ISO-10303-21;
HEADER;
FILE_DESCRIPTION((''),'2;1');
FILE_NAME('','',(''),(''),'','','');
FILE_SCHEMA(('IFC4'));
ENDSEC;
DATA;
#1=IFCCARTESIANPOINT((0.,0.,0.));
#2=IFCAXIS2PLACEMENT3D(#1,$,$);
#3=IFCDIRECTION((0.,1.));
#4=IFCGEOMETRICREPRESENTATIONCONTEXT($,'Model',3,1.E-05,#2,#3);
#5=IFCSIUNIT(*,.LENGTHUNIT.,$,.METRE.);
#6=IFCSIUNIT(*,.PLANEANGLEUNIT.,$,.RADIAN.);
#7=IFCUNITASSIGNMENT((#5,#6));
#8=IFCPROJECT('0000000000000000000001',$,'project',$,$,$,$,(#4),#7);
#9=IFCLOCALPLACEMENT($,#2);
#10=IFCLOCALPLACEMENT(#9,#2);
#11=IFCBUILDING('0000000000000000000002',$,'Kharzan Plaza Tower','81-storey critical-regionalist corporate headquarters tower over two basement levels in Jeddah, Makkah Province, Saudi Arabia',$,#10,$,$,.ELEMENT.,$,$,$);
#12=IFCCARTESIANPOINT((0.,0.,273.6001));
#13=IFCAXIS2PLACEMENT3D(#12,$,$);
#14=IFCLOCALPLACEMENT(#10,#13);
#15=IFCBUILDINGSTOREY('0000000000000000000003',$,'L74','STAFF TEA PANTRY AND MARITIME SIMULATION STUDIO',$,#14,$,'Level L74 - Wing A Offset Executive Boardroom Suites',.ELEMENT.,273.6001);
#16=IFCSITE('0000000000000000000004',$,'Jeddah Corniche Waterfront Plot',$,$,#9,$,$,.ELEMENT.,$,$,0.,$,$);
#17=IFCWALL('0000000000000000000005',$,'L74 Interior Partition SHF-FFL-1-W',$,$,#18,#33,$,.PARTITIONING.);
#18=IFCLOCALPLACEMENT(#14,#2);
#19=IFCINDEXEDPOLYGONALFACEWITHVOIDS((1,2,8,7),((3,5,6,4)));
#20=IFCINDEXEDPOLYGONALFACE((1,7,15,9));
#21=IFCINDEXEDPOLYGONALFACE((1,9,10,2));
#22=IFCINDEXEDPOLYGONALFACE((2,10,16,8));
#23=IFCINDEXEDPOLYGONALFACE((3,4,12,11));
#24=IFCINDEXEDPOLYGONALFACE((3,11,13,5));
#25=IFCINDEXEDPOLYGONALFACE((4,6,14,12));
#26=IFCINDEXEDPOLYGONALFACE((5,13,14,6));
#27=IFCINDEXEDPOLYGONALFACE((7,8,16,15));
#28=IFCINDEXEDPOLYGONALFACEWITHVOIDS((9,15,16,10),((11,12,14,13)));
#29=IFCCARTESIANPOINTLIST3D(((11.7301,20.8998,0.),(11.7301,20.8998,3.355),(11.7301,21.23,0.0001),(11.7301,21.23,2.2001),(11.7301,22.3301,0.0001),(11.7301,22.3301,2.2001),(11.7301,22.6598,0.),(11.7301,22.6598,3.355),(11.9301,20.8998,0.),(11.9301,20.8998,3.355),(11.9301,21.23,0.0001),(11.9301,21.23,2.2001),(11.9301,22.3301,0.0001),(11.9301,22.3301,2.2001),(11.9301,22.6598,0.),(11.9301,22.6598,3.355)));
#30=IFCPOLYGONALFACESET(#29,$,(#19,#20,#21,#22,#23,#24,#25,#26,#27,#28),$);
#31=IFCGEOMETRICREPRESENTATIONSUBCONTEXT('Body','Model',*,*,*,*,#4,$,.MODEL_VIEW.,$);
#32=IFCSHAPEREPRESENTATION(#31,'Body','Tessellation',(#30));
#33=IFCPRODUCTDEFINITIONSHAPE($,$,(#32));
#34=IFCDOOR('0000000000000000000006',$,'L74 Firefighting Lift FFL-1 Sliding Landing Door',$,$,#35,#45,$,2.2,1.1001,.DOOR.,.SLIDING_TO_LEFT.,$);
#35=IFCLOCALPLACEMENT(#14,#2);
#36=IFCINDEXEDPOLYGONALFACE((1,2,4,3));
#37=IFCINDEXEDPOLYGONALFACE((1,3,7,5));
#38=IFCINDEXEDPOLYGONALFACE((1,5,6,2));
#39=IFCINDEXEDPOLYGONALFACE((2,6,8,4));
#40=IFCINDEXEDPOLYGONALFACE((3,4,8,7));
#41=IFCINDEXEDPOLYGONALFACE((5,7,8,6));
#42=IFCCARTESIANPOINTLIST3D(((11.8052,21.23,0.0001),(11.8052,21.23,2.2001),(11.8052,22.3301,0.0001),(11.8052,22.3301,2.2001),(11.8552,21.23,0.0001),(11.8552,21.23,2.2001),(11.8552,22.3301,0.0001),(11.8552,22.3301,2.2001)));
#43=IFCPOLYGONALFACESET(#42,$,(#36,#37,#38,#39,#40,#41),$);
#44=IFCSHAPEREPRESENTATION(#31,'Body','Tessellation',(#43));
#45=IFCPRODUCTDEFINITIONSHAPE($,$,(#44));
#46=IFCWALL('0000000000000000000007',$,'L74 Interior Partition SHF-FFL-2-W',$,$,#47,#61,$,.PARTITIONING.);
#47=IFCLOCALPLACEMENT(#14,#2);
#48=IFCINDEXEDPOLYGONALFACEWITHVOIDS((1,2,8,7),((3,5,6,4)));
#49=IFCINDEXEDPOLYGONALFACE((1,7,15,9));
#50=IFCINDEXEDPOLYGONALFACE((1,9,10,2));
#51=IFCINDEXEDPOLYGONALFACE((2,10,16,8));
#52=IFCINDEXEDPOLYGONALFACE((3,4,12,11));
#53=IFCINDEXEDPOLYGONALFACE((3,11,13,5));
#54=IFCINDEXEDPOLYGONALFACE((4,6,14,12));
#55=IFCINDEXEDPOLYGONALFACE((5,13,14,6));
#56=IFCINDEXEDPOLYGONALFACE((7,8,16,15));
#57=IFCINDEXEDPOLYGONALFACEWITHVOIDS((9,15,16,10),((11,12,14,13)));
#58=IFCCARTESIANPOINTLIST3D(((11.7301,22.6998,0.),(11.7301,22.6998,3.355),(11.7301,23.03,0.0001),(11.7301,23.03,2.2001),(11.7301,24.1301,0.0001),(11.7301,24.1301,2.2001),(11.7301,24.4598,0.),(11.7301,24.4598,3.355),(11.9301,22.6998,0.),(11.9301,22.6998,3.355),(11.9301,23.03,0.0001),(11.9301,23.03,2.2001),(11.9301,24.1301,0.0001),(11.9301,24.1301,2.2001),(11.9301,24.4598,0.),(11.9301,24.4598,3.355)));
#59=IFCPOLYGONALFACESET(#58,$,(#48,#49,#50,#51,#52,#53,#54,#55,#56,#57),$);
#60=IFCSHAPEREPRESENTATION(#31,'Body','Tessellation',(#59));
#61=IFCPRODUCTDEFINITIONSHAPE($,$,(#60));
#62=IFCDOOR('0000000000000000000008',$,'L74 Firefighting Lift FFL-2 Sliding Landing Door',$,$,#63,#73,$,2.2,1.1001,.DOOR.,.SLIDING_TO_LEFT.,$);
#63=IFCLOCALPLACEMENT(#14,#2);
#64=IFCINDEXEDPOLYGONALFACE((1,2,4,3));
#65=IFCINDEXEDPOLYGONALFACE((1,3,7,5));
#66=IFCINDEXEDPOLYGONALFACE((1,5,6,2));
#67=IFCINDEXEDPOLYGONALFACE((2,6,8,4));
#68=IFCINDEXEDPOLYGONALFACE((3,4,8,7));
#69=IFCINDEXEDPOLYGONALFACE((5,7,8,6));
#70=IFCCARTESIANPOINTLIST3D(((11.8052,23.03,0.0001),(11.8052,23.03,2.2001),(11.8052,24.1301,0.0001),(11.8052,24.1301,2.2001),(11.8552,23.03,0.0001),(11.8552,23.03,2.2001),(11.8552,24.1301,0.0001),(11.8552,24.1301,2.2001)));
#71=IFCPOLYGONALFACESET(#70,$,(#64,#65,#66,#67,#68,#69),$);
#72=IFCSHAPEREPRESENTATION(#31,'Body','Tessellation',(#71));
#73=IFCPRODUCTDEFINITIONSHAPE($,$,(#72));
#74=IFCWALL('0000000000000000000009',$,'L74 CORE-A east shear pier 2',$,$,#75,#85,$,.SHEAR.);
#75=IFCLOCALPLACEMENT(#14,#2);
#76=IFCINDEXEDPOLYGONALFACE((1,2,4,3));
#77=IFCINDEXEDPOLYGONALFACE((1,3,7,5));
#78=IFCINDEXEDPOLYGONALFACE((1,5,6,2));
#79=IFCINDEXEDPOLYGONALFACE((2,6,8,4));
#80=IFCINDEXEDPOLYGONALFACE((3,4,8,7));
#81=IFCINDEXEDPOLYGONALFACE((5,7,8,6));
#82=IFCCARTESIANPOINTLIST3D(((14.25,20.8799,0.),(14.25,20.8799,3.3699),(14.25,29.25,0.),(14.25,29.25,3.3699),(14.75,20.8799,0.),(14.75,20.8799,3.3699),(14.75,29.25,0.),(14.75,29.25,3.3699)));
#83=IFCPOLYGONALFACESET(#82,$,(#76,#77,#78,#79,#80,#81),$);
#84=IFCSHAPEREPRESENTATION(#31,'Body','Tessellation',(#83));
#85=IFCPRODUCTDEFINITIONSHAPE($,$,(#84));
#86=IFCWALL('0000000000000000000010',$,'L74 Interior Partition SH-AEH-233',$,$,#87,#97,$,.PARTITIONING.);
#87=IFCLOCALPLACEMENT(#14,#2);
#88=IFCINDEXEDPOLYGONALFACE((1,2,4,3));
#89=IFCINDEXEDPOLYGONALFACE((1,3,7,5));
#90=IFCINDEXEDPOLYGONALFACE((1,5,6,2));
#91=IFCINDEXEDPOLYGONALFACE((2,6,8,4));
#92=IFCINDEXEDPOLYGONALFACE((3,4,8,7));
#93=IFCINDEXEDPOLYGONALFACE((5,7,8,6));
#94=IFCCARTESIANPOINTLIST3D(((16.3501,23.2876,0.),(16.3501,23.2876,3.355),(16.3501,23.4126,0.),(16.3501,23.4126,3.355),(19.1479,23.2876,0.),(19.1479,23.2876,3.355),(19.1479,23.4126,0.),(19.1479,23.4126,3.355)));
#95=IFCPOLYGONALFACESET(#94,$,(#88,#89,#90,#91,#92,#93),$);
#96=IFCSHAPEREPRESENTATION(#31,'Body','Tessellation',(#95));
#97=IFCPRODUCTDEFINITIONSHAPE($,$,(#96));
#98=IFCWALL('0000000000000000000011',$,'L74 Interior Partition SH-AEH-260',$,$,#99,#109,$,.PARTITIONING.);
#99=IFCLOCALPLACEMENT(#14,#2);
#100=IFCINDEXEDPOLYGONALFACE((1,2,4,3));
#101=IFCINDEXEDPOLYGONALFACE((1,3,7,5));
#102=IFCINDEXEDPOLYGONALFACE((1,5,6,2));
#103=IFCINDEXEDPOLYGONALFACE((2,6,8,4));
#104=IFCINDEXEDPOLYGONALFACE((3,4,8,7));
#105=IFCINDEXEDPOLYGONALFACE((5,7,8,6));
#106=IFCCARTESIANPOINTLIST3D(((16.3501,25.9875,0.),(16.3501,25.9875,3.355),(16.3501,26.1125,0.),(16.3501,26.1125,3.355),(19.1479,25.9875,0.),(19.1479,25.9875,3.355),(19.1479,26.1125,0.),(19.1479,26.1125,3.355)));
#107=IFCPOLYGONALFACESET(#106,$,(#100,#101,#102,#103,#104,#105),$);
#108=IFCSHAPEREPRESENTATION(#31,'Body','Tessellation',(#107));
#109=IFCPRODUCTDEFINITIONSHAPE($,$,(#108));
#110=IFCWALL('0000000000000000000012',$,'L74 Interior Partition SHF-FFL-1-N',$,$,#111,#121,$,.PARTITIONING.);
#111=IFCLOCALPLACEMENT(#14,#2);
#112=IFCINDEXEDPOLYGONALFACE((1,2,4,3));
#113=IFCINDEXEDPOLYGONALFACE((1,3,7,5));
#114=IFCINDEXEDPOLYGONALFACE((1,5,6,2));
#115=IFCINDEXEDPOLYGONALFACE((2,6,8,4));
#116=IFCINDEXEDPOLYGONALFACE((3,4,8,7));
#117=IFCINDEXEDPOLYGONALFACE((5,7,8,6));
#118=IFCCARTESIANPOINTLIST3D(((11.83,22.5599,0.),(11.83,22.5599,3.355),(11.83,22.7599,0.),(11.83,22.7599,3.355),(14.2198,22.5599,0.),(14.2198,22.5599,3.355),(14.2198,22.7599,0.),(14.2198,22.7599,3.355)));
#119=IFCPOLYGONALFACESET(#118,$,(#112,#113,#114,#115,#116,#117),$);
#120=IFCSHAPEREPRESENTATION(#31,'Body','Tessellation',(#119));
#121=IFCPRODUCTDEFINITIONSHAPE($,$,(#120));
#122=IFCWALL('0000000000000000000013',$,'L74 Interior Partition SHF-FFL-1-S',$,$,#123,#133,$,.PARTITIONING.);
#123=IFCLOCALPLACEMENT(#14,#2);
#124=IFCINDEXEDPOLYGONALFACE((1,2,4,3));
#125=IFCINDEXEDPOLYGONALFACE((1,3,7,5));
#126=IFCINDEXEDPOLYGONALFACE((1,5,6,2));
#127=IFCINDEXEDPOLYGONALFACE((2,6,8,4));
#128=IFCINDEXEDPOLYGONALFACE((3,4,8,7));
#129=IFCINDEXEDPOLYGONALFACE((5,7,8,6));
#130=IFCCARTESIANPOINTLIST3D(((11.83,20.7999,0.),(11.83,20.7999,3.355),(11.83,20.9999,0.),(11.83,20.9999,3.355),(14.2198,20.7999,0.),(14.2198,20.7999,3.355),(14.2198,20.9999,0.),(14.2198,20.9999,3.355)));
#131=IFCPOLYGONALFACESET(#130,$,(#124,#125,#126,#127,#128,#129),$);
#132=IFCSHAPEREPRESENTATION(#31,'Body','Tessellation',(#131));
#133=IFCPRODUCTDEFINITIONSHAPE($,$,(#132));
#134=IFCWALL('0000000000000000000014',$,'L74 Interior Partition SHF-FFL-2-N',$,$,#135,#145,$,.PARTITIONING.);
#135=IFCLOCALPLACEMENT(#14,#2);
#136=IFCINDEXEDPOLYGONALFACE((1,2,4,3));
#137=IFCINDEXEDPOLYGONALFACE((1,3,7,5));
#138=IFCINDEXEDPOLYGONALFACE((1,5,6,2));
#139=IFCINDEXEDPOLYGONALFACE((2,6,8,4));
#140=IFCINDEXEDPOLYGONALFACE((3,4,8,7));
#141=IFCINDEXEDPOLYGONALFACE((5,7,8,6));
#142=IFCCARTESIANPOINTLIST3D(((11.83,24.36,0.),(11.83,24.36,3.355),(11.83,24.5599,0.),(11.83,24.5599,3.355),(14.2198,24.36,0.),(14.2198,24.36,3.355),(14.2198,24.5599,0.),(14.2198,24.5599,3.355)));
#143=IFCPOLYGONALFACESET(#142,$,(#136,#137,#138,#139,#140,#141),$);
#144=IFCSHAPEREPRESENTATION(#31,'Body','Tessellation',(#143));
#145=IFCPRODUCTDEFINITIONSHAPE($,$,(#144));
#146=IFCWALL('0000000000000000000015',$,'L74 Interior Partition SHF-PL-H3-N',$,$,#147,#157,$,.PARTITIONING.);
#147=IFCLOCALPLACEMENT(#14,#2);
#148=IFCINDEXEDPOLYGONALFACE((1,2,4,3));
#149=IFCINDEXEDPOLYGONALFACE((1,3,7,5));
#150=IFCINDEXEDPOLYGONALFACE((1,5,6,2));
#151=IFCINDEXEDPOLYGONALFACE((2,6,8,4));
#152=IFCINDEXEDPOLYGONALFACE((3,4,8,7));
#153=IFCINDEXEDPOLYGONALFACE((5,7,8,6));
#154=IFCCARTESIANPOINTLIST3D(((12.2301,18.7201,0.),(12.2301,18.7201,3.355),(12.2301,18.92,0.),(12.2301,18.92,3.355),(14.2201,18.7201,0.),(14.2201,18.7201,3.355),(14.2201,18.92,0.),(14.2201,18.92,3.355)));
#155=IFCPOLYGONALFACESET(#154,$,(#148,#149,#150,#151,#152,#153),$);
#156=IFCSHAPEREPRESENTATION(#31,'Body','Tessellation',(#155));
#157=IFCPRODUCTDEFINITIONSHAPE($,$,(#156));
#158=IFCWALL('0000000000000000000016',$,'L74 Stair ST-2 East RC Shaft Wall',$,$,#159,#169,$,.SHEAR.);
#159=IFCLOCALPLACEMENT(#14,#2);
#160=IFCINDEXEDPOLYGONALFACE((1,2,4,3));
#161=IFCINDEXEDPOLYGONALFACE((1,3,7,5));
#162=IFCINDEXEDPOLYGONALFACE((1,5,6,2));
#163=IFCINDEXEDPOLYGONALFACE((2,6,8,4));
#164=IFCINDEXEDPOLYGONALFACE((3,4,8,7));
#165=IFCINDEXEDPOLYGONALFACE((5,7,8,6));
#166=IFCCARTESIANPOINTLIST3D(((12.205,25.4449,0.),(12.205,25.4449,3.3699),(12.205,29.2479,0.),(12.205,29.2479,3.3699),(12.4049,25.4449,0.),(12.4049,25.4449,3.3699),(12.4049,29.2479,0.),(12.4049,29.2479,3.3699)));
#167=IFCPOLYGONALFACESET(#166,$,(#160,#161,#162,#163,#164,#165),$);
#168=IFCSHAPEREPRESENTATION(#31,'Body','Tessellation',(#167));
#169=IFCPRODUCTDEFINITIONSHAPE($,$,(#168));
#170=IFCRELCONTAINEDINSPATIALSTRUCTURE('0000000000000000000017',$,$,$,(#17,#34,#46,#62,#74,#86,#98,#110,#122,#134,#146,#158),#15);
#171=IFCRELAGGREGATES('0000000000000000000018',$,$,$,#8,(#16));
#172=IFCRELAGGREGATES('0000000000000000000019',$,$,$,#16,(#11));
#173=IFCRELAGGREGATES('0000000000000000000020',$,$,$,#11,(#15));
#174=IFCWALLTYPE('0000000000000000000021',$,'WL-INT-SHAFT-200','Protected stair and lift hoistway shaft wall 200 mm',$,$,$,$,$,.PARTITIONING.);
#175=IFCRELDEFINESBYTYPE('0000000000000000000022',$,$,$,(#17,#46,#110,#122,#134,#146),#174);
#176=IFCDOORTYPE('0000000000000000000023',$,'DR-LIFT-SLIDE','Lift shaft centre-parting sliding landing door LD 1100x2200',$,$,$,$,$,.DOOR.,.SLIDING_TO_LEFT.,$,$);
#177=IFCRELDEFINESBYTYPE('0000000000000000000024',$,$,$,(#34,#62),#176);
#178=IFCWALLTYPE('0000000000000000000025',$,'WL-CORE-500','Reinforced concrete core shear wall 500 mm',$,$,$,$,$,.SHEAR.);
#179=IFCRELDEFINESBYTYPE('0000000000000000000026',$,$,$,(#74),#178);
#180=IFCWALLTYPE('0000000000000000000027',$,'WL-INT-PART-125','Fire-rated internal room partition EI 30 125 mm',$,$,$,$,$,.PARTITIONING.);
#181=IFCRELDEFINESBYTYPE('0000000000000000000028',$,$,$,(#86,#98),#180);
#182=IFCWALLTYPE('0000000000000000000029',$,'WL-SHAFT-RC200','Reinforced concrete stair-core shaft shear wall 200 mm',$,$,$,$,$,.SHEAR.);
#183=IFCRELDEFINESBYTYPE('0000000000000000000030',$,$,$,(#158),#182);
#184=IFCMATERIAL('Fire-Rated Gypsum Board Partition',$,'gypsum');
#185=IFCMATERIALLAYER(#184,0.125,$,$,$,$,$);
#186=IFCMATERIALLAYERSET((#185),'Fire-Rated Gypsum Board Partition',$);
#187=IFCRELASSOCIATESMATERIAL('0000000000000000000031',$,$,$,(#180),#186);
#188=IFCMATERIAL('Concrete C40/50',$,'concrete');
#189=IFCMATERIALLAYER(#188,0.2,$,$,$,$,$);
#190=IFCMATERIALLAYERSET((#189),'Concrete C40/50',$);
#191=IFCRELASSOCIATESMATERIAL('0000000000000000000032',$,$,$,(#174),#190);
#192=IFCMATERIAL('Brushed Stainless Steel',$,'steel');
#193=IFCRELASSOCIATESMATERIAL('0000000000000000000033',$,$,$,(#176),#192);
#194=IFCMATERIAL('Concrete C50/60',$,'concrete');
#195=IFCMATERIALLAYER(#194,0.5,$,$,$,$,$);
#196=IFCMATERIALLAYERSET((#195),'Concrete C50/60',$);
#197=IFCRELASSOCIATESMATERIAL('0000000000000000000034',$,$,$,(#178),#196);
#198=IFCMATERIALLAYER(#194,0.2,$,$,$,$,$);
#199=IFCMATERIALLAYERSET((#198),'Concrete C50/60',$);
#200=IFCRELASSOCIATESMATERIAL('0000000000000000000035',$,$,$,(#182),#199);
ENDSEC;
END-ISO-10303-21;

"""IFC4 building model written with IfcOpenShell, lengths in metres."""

from ifc_helpers import new_model, si_unit, direction, frame, frame_2d, origin, place, context, subcontext, project, spatial, rectangle, extrude, source, transform, mapped, material, layer, layer_set, type_object, element, fill, save


model = new_model("IFC4")

# Units and contexts
model_context = context("Model", 3, precision=1e-05, world=origin(), true_north=direction((0.0, 1.0)))
body_context = subcontext(model_context, "Body", "Model", "MODEL_VIEW")
ifc_project = project(units=[si_unit("LENGTHUNIT", "METRE"), si_unit("PLANEANGLEUNIT", "RADIAN")], contexts=[model_context])

# Site, building, storey
site_placement = place(None, origin())
site = spatial("IfcSite", under=ifc_project, at=site_placement, Name="Jeddah Corniche Waterfront Plot", CompositionType="ELEMENT", RefElevation=0.0)
building_placement = place(site_placement, origin())
building = spatial("IfcBuilding", under=site, at=building_placement, Name="Kharzan Plaza Tower", Description="81-storey critical-regionalist corporate headquarters tower over two basement levels in Jeddah, Makkah Province, Saudi Arabia", CompositionType="ELEMENT")
storey_placement = place(building_placement, frame((0.0, 0.0, 273.6001)))
storey = spatial("IfcBuildingStorey", under=building, at=storey_placement, Name="L74", Description="STAFF TEA PANTRY AND MARITIME SIMULATION STUDIO", LongName="Level L74 - Wing A Offset Executive Boardroom Suites", CompositionType="ELEMENT", Elevation=273.6001)

# Shared definitions
ifc_material_1 = material(Name="Concrete C50/60", Category="concrete")

# Shared definitions
ifc_material_2 = material(Name="Concrete C40/50", Category="concrete")

# Walls, openings, doors
ifc_material_3 = material(Name="Fire-Rated Gypsum Board Partition", Category="gypsum")
ifc_layer_1 = layer(ifc_material_3, 0.125)
ifc_layer_set_1 = layer_set([ifc_layer_1], Name="Fire-Rated Gypsum Board Partition")
wall_type_1 = type_object("IfcWallType", Name="WL-INT-PART-125", Description="Fire-rated internal room partition EI 30 125 mm", PredefinedType="PARTITIONING", material=ifc_layer_set_1)
ifc_layer_2 = layer(ifc_material_2, 0.2)
ifc_layer_set_2 = layer_set([ifc_layer_2], Name="Concrete C40/50")
wall_type_2 = type_object("IfcWallType", Name="WL-INT-SHAFT-200", Description="Protected stair and lift hoistway shaft wall 200 mm", PredefinedType="PARTITIONING", material=ifc_layer_set_2)
wall_1_placement = place(storey_placement, frame((11.8301, 20.8999, 0.0), z_axis=(0.0, 0.0, 1.0), x_axis=(0.0, 1.0, 0.0)))
wall_1 = element("IfcWall", 1, at=wall_1_placement, inside=storey, type_object=wall_type_2, Name="L74 Interior Partition SHF-FFL-1-W", PredefinedType="PARTITIONING", context=body_context, shape_type="SweptSolid", body=[
    extrude(rectangle(XDim=1.76, YDim=0.2, at=frame_2d((0.8799, 0.0))), origin(), (0.0, 0.0, 1.0), 3.355),
])
opening_1_placement = place(wall_1_placement, frame((0.3301, 0.0, 0.0)))
opening_1 = element("IfcOpeningElement", 2, at=opening_1_placement, cuts=wall_1, PredefinedType="OPENING", context=body_context, shape_type="SweptSolid", body=[
    extrude(rectangle(XDim=1.1001, YDim=2.2, at=frame_2d((0.55, 1.1001))), frame((0.0, 0.1099, 0.0), z_axis=(0.0, -1.0, 0.0), x_axis=(1.0, 0.0, 0.0)), (0.0, 0.0, 1.0), 0.22),
])
ifc_material_4 = material(Name="Brushed Stainless Steel", Category="steel")
door_type_1 = type_object("IfcDoorType", Name="DR-LIFT-SLIDE", Description="Lift shaft centre-parting sliding landing door LD 1100x2200", OperationType="SLIDING_TO_LEFT", PredefinedType="DOOR", material=ifc_material_4)
shared_shape_1 = source(origin(), body_context, "Body", "SweptSolid", [
    extrude(rectangle(XDim=1.1001, YDim=2.2, at=frame_2d((0.55, 1.1001))), frame((0.0, 0.0249, 0.0), z_axis=(0.0, -1.0, 0.0), x_axis=(1.0, 0.0, 0.0)), (0.0, 0.0, 1.0), 0.05),
])
door_1_placement = place(opening_1_placement, origin())
door_1 = element("IfcDoor", 3, at=door_1_placement, inside=storey, type_object=door_type_1, Name="L74 Firefighting Lift FFL-1 Sliding Landing Door", OperationType="SLIDING_TO_LEFT", OverallHeight=2.2, OverallWidth=1.1001, PredefinedType="DOOR", context=body_context, shape_type="MappedRepresentation", body=[
    mapped(shared_shape_1, transform((0.0, 0.0, 0.0), x_axis=(1.0, 0.0, 0.0), y_axis=(0.0, 1.0, 0.0), z_axis=(0.0, 0.0, 1.0))),
])
fill(opening_1, door_1)
wall_2_placement = place(storey_placement, frame((11.8301, 22.7, 0.0), z_axis=(0.0, 0.0, 1.0), x_axis=(0.0, 1.0, 0.0)))
wall_2 = element("IfcWall", 4, at=wall_2_placement, inside=storey, type_object=wall_type_2, Name="L74 Interior Partition SHF-FFL-2-W", PredefinedType="PARTITIONING", context=body_context, shape_type="SweptSolid", body=[
    extrude(rectangle(XDim=1.76, YDim=0.2, at=frame_2d((0.8799, 0.0))), origin(), (0.0, 0.0, 1.0), 3.355),
])
opening_2_placement = place(wall_2_placement, frame((0.3301, 0.0, 0.0)))
opening_2 = element("IfcOpeningElement", 5, at=opening_2_placement, cuts=wall_2, PredefinedType="OPENING", context=body_context, shape_type="SweptSolid", body=[
    extrude(rectangle(XDim=1.1001, YDim=2.2, at=frame_2d((0.55, 1.1001))), frame((0.0, 0.1099, 0.0), z_axis=(0.0, -1.0, 0.0), x_axis=(1.0, 0.0, 0.0)), (0.0, 0.0, 1.0), 0.22),
])
door_2_placement = place(opening_2_placement, origin())
door_2 = element("IfcDoor", 6, at=door_2_placement, inside=storey, type_object=door_type_1, Name="L74 Firefighting Lift FFL-2 Sliding Landing Door", OperationType="SLIDING_TO_LEFT", OverallHeight=2.2, OverallWidth=1.1001, PredefinedType="DOOR", context=body_context, shape_type="MappedRepresentation", body=[
    mapped(shared_shape_1, transform((0.0, 0.0, 0.0), x_axis=(1.0, 0.0, 0.0), y_axis=(0.0, 1.0, 0.0), z_axis=(0.0, 0.0, 1.0))),
])
fill(opening_2, door_2)

# Walls
ifc_layer_3 = layer(ifc_material_1, 0.5)
ifc_layer_set_3 = layer_set([ifc_layer_3], Name="Concrete C50/60")
wall_type_3 = type_object("IfcWallType", Name="WL-CORE-500", Description="Reinforced concrete core shear wall 500 mm", PredefinedType="SHEAR", material=ifc_layer_set_3)
shared_shape_2 = source(origin(), body_context, "Body", "SweptSolid", [
    extrude(rectangle(XDim=8.3701, YDim=0.5, at=frame_2d((4.1851, 0.0))), origin(), (0.0, 0.0, 1.0), 3.3699),
])
wall_3_placement = place(storey_placement, frame((14.5, 20.8799, 0.0), z_axis=(0.0, 0.0, 1.0), x_axis=(0.0, 1.0, 0.0)))
element("IfcWall", 7, at=wall_3_placement, inside=storey, type_object=wall_type_3, Name="L74 CORE-A east shear pier 2", PredefinedType="SHEAR", context=body_context, shape_type="MappedRepresentation", body=[
    mapped(shared_shape_2, transform((0.0, 0.0, 0.0), x_axis=(1.0, 0.0, 0.0), y_axis=(0.0, 1.0, 0.0), z_axis=(0.0, 0.0, 1.0))),
])
shared_shape_3 = source(origin(), body_context, "Body", "SweptSolid", [
    extrude(rectangle(XDim=2.7979, YDim=0.125, at=frame_2d((1.3989, 0.0))), origin(), (0.0, 0.0, 1.0), 3.355),
])
for number, where, z_axis, x_axis, name in (
    (8, (16.3501, 23.3501, 0.0), (0.0, 0.0, 1.0), (1.0, 0.0, 0.0), "L74 Interior Partition SH-AEH-233"),
    (9, (16.3501, 26.05, 0.0), (0.0, 0.0, 1.0), (1.0, 0.0, 0.0), "L74 Interior Partition SH-AEH-260"),
):
    element("IfcWall", number, at=place(storey_placement, frame(where, z_axis=z_axis, x_axis=x_axis)), inside=storey, type_object=wall_type_1, Name=name, PredefinedType="PARTITIONING", context=body_context, shape_type="MappedRepresentation", body=[
        mapped(shared_shape_3, transform((0.0, 0.0, 0.0), x_axis=(1.0, 0.0, 0.0), y_axis=(0.0, 1.0, 0.0), z_axis=(0.0, 0.0, 1.0))),
    ])
shared_shape_4 = source(origin(), body_context, "Body", "SweptSolid", [
    extrude(rectangle(XDim=2.3899, YDim=0.2, at=frame_2d((1.1948, 0.0))), origin(), (0.0, 0.0, 1.0), 3.355),
])
for number, where, z_axis, x_axis, name in (
    (10, (11.8301, 22.6599, 0.0), (0.0, 0.0, 1.0), (1.0, 0.0, 0.0), "L74 Interior Partition SHF-FFL-1-N"),
    (11, (11.8301, 20.8999, 0.0), (0.0, 0.0, 1.0), (1.0, 0.0, 0.0), "L74 Interior Partition SHF-FFL-1-S"),
    (12, (11.8301, 24.46, 0.0), (0.0, 0.0, 1.0), (1.0, 0.0, 0.0), "L74 Interior Partition SHF-FFL-2-N"),
):
    element("IfcWall", number, at=place(storey_placement, frame(where, z_axis=z_axis, x_axis=x_axis)), inside=storey, type_object=wall_type_2, Name=name, PredefinedType="PARTITIONING", context=body_context, shape_type="MappedRepresentation", body=[
        mapped(shared_shape_4, transform((0.0, 0.0, 0.0), x_axis=(1.0, 0.0, 0.0), y_axis=(0.0, 1.0, 0.0), z_axis=(0.0, 0.0, 1.0))),
    ])
shared_shape_5 = source(origin(), body_context, "Body", "SweptSolid", [
    extrude(rectangle(XDim=1.99, YDim=0.2, at=frame_2d((0.9951, 0.0))), origin(), (0.0, 0.0, 1.0), 3.355),
])
wall_4_placement = place(storey_placement, frame((12.23, 18.8201, 0.0), z_axis=(0.0, 0.0, 1.0), x_axis=(1.0, 0.0, 0.0)))
element("IfcWall", 13, at=wall_4_placement, inside=storey, type_object=wall_type_2, Name="L74 Interior Partition SHF-PL-H3-N", PredefinedType="PARTITIONING", context=body_context, shape_type="MappedRepresentation", body=[
    mapped(shared_shape_5, transform((0.0, 0.0, 0.0), x_axis=(1.0, 0.0, 0.0), y_axis=(0.0, 1.0, 0.0), z_axis=(0.0, 0.0, 1.0))),
])
ifc_layer_4 = layer(ifc_material_1, 0.2)
ifc_layer_set_4 = layer_set([ifc_layer_4], Name="Concrete C50/60")
wall_type_4 = type_object("IfcWallType", Name="WL-SHAFT-RC200", Description="Reinforced concrete stair-core shaft shear wall 200 mm", PredefinedType="SHEAR", material=ifc_layer_set_4)
shared_shape_6 = source(origin(), body_context, "Body", "SweptSolid", [
    extrude(rectangle(XDim=3.803, YDim=0.2, at=frame_2d((1.9014, 0.0))), origin(), (0.0, 0.0, 1.0), 3.3699),
])
wall_5_placement = place(storey_placement, frame((12.3049, 25.4451, 0.0), z_axis=(0.0, 0.0, 1.0), x_axis=(0.0, 1.0, 0.0)))
element("IfcWall", 14, at=wall_5_placement, inside=storey, type_object=wall_type_4, Name="L74 Stair ST-2 East RC Shaft Wall", PredefinedType="SHEAR", context=body_context, shape_type="MappedRepresentation", body=[
    mapped(shared_shape_6, transform((0.0, 0.0, 0.0), x_axis=(1.0, 0.0, 0.0), y_axis=(0.0, 1.0, 0.0), z_axis=(0.0, 0.0, 1.0))),
])

save(model, "model.ifc")
